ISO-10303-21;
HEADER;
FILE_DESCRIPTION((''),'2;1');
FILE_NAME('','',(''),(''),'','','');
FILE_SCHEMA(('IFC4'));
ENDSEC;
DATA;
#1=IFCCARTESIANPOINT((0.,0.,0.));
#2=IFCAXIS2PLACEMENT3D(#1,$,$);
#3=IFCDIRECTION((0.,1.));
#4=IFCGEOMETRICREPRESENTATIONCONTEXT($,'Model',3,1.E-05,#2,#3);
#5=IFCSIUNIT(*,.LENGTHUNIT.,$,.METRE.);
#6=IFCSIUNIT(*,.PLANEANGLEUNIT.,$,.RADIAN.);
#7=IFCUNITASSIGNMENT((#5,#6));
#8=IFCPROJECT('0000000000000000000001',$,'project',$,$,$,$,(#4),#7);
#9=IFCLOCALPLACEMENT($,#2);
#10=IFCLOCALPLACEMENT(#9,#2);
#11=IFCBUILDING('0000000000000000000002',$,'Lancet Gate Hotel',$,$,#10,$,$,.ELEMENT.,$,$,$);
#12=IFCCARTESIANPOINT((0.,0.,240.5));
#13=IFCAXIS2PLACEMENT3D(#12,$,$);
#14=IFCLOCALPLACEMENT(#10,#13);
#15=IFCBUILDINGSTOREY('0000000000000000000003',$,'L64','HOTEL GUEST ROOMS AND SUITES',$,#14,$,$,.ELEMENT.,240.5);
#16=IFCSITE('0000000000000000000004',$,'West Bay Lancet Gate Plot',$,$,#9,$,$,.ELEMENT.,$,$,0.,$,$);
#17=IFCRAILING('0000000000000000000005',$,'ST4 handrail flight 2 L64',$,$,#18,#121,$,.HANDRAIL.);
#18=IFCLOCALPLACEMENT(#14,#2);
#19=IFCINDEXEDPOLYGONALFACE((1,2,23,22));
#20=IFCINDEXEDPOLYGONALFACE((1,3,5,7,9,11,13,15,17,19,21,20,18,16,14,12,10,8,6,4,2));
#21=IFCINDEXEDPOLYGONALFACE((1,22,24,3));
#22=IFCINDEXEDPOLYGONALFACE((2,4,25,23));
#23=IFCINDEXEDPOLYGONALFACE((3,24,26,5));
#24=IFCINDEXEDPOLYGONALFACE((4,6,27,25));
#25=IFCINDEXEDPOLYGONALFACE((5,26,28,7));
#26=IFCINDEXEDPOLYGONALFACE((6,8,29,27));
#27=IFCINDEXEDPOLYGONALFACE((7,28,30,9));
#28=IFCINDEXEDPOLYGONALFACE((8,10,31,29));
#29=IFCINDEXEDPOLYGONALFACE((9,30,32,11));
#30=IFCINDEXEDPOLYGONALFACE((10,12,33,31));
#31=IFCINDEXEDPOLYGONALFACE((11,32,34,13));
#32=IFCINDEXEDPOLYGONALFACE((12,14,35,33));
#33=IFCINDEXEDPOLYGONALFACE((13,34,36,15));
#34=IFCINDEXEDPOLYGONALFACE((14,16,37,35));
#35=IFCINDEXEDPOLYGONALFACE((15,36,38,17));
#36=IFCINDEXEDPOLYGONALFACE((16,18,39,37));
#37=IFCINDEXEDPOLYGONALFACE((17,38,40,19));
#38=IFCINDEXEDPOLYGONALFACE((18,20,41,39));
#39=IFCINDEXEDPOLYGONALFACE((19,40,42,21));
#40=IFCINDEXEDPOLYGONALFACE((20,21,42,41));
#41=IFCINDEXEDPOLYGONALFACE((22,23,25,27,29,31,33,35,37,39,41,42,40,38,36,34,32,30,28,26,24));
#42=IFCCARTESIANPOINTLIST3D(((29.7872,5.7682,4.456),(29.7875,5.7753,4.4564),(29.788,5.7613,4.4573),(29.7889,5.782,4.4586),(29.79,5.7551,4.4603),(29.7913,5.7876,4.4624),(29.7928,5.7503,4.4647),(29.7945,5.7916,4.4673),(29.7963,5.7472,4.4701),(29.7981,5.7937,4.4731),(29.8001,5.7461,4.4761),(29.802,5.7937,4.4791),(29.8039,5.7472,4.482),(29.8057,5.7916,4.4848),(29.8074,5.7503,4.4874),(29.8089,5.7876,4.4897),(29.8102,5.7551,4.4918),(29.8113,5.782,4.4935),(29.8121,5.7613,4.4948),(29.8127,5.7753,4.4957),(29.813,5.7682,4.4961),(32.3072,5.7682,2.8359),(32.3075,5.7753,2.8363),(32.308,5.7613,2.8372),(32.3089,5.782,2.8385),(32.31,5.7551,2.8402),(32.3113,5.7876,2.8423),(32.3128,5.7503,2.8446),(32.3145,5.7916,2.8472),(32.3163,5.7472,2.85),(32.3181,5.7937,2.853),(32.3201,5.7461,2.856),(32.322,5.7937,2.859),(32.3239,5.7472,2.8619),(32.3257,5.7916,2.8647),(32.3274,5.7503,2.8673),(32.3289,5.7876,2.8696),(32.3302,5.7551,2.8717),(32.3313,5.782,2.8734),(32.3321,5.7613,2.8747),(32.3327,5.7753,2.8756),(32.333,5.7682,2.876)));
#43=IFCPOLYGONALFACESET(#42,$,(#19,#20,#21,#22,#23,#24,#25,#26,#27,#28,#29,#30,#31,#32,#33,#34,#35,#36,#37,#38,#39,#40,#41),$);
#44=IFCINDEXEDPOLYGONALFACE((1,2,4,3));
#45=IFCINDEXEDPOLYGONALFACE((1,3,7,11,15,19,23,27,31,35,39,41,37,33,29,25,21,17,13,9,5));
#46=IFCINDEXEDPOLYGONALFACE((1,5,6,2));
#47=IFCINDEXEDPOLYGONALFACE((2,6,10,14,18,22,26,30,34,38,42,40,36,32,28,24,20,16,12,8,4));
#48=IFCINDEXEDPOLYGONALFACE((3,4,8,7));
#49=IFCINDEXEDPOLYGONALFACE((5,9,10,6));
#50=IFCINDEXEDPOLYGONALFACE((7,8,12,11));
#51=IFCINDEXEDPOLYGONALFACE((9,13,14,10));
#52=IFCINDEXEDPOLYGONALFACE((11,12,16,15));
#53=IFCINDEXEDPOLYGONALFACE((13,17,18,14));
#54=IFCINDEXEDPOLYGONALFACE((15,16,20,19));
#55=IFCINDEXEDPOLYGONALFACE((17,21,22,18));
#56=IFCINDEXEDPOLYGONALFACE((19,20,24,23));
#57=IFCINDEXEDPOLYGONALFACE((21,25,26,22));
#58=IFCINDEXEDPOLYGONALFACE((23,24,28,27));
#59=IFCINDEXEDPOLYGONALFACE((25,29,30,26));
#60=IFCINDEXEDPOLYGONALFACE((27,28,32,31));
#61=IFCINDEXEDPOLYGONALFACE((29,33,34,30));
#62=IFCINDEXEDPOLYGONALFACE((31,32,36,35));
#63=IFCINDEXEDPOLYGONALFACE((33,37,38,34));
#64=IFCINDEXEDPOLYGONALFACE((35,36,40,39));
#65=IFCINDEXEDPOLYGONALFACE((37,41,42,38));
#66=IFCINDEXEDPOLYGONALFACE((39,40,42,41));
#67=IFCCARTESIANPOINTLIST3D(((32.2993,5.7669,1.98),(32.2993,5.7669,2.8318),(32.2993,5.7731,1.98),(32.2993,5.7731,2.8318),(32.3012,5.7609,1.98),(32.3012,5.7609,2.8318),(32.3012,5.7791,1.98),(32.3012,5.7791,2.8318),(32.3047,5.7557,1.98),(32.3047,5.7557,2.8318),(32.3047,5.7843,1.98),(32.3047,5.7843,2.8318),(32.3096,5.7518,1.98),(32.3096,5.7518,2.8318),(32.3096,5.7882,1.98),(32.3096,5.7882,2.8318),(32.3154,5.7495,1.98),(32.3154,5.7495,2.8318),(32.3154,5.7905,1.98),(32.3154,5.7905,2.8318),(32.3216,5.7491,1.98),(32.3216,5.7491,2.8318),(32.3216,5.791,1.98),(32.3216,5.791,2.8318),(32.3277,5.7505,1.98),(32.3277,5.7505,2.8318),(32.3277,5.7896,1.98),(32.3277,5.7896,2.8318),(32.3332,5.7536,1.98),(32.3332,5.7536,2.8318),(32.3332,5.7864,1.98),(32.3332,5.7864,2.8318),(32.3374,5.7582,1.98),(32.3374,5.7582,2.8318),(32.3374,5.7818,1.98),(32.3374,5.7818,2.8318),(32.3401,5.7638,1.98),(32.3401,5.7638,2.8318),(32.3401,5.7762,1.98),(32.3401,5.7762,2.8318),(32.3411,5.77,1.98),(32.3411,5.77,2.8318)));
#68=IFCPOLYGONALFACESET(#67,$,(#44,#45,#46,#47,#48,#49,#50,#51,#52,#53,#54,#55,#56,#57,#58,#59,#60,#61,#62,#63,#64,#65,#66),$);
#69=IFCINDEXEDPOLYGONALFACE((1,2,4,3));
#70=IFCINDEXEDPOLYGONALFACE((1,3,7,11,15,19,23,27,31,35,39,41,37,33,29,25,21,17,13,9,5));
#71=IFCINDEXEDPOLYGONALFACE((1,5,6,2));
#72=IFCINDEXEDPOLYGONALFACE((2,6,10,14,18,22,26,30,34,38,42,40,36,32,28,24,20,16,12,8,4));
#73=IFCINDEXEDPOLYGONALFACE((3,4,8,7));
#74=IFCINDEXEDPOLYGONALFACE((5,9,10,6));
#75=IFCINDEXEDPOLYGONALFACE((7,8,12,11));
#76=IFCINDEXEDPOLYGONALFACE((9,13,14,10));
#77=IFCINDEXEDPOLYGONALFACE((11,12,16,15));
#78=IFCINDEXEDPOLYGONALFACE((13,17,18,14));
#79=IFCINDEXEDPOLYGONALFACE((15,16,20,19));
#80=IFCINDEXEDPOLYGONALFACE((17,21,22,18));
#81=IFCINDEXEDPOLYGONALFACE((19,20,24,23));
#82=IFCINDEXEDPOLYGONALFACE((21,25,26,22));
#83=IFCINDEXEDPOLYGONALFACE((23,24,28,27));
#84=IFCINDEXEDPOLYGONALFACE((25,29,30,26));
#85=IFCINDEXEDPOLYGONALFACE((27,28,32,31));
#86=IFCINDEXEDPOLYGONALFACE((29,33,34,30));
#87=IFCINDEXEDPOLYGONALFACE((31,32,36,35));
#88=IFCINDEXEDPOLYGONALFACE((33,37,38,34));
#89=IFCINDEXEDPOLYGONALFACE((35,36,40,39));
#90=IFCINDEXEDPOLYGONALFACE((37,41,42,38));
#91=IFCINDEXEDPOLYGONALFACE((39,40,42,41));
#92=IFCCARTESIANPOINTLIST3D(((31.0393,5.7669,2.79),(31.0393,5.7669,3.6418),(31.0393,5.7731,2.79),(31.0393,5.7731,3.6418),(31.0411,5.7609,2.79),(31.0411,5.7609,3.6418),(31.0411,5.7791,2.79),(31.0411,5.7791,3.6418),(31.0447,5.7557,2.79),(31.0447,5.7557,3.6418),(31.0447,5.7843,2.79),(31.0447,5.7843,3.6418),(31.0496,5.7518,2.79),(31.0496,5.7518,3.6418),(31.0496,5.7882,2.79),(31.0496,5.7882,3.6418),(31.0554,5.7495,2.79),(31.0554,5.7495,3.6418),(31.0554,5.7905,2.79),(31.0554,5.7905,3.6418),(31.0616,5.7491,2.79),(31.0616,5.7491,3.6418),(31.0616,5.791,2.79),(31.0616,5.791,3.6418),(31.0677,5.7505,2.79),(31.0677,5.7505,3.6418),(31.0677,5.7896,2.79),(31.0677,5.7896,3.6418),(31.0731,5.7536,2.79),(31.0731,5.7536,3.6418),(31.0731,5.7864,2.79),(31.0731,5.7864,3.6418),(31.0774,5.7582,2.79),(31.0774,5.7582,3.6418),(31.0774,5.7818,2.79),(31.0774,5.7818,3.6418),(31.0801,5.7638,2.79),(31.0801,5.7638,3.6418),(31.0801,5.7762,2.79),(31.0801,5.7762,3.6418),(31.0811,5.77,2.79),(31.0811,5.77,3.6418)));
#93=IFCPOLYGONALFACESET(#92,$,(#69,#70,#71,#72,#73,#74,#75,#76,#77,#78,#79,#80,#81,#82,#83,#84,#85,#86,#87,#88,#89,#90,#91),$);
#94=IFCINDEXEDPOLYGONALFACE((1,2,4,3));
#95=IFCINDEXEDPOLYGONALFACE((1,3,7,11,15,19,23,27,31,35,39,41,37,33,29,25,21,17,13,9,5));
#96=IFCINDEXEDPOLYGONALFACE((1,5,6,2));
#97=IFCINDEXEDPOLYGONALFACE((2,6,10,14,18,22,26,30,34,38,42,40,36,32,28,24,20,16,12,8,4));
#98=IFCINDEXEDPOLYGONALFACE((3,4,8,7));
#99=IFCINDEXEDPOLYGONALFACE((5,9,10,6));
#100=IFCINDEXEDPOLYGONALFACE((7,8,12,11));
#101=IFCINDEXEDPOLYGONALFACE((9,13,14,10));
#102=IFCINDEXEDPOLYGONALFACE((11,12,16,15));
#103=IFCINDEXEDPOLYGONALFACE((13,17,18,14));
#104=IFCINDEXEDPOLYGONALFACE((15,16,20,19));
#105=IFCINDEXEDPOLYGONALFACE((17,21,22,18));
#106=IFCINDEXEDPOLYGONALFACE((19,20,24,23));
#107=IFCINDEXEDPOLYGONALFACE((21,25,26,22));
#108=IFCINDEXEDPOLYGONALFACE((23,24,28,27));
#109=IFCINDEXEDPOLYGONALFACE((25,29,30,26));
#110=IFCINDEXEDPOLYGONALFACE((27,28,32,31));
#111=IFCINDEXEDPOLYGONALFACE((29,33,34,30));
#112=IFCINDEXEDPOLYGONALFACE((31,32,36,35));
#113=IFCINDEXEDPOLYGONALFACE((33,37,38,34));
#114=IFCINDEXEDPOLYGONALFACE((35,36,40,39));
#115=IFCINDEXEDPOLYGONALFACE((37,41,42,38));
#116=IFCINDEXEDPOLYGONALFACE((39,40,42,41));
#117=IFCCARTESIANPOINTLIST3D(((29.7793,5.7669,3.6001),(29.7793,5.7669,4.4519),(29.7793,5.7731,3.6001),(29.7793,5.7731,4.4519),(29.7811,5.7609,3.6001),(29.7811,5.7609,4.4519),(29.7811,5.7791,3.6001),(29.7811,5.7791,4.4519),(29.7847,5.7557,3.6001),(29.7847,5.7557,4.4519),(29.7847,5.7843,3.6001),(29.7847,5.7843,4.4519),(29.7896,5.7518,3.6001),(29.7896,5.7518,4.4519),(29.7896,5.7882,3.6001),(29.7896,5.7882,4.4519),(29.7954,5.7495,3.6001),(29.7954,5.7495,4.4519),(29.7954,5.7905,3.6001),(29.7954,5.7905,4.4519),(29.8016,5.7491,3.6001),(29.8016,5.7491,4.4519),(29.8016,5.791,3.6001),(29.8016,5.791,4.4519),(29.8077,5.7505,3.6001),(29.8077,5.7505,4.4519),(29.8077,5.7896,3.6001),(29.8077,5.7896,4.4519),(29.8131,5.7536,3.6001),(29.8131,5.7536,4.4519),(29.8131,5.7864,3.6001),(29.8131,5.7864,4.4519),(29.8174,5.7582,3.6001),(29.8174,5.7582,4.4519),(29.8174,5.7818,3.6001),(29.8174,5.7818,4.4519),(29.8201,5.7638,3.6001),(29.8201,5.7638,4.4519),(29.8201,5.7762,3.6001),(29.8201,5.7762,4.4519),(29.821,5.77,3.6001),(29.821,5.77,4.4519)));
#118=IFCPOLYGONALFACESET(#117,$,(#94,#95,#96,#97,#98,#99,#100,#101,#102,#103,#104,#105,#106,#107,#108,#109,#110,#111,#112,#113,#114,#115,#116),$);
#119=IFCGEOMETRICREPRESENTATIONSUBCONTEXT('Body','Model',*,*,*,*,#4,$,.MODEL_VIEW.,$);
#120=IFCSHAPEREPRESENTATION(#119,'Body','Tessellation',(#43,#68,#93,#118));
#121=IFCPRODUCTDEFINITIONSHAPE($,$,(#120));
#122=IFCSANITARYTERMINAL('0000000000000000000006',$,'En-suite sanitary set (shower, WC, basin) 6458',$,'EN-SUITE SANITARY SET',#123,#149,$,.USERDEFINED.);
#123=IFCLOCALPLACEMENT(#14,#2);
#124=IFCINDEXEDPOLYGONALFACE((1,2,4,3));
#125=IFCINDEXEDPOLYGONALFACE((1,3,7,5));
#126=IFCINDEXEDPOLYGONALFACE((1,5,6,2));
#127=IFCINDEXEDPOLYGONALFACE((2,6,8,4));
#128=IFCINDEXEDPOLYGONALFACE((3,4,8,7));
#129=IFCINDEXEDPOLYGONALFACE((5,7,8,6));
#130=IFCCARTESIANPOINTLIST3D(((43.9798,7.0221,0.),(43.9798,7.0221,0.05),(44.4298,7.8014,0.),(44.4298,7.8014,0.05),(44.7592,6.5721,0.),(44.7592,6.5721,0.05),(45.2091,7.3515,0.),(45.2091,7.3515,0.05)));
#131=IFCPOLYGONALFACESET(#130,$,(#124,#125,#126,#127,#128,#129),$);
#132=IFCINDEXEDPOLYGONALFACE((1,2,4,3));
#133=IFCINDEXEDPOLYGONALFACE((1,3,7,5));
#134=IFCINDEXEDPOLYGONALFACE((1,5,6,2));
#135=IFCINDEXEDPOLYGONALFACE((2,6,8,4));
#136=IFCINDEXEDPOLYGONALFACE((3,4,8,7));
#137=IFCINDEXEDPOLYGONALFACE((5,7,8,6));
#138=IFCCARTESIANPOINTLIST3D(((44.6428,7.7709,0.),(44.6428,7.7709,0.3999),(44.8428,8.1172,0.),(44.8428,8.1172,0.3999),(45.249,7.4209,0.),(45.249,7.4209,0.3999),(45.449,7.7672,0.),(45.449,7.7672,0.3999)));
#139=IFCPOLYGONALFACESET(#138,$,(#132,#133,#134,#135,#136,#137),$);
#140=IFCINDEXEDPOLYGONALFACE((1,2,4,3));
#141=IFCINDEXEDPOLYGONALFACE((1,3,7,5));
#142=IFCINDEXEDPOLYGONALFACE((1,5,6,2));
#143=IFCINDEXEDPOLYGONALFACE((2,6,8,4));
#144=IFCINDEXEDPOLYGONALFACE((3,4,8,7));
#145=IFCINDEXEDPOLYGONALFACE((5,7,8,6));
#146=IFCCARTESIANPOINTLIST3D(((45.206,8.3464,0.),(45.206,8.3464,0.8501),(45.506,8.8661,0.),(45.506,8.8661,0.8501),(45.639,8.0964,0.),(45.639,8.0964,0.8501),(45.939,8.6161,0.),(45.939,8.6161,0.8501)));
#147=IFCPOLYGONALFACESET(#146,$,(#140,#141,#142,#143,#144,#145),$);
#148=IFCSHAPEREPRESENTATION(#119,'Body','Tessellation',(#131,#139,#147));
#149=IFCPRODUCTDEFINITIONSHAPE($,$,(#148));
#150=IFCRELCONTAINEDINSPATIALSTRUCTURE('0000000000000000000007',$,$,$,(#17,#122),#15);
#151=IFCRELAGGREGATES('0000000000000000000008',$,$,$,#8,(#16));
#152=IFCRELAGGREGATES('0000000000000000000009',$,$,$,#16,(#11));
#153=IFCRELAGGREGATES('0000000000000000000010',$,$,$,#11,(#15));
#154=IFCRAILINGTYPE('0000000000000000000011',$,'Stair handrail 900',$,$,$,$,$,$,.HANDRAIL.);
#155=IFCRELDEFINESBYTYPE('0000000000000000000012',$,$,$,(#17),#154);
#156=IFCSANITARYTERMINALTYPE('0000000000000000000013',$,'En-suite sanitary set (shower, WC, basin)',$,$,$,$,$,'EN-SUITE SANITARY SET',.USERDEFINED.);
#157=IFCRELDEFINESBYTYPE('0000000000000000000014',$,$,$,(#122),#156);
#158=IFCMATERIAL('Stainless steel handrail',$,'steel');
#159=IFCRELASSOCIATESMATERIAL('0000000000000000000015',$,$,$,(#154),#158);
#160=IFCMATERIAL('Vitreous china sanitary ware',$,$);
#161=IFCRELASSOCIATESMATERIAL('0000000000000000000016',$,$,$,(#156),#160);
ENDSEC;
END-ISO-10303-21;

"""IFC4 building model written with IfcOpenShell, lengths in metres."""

from ifc_helpers import new_model, si_unit, direction, frame, origin, origin_2d, place, context, subcontext, project, spatial, rectangle, circle, extrude, material, type_object, element, save


model = new_model("IFC4")

# Units and contexts
model_context = context("Model", 3, precision=1e-05, world=origin(), true_north=direction((0.0, 1.0)))
body_context = subcontext(model_context, "Body", "Model", "MODEL_VIEW")
ifc_project = project(units=[si_unit("LENGTHUNIT", "METRE"), si_unit("PLANEANGLEUNIT", "RADIAN")], contexts=[model_context])

# Site, building, storey
site_placement = place(None, origin())
site = spatial("IfcSite", under=ifc_project, at=site_placement, Name="West Bay Lancet Gate Plot", CompositionType="ELEMENT", RefElevation=0.0)
building_placement = place(site_placement, origin())
building = spatial("IfcBuilding", under=site, at=building_placement, Name="Lancet Gate Hotel", CompositionType="ELEMENT")
storey_placement = place(building_placement, frame((0.0, 0.0, 240.5)))
storey = spatial("IfcBuildingStorey", under=building, at=storey_placement, Name="L64", Description="HOTEL GUEST ROOMS AND SUITES", CompositionType="ELEMENT", Elevation=240.5)

# Railing
ifc_material_1 = material(Name="Stainless steel handrail", Category="steel")
railing_type = type_object("IfcRailingType", Name="Stair handrail 900", PredefinedType="HANDRAIL", material=ifc_material_1)
railing_1_placement = place(storey_placement, frame((32.3201, 5.77, 1.98)))
element("IfcRailing", 1, at=railing_1_placement, inside=storey, type_object=railing_type, Name="ST4 handrail flight 2 L64", PredefinedType="HANDRAIL", context=body_context, shape_type="SweptSolid", body=[
    extrude(circle(Radius=0.0239, at=origin_2d()), frame((0.0, 0.0, 0.876), z_axis=(-0.841163, 0.0, 0.540782), x_axis=(0.0, -1.0, 0.0)), (0.0, 0.0, 1.0), 2.9958),
    extrude(circle(Radius=0.021, at=origin_2d()), origin(), (0.0, 0.0, 1.0), 0.8518),
    extrude(circle(Radius=0.021, at=origin_2d()), frame((-1.26, 0.0, 0.8101)), (0.0, 0.0, 1.0), 0.8518),
    extrude(circle(Radius=0.021, at=origin_2d()), frame((-2.52, 0.0, 1.6201)), (0.0, 0.0, 1.0), 0.8518),
])

# Sanitary terminal
ifc_material_2 = material(Name="Vitreous china sanitary ware")
sanitary_terminal_type = type_object("IfcSanitaryTerminalType", Name="En-suite sanitary set (shower, WC, basin)", ElementType="EN-SUITE SANITARY SET", PredefinedType="USERDEFINED", material=ifc_material_2)
sanitary_terminal_placement = place(storey_placement, frame((44.5945, 7.1868, 0.0), z_axis=(0.0, 0.0, 1.0), x_axis=(1.0, 0.0, 0.0)))
element("IfcSanitaryTerminal", 2, at=sanitary_terminal_placement, inside=storey, type_object=sanitary_terminal_type, Name="En-suite sanitary set (shower, WC, basin) 6458", ObjectType="EN-SUITE SANITARY SET", PredefinedType="USERDEFINED", context=body_context, shape_type="SweptSolid", body=[
    extrude(rectangle(XDim=0.8999, YDim=0.8999, at=origin_2d()), frame((0.0, 0.0, 0.0), z_axis=(0.0, 0.0, 1.0), x_axis=(-0.5, -0.866025, 0.0)), (0.0, 0.0, 1.0), 0.05),
    extrude(rectangle(XDim=0.3999, YDim=0.7, at=origin_2d()), frame((0.4514, 0.5823, 0.0), z_axis=(0.0, 0.0, 1.0), x_axis=(-0.5, -0.866025, 0.0)), (0.0, 0.0, 1.0), 0.3999),
    extrude(rectangle(XDim=0.6001, YDim=0.5, at=origin_2d()), frame((0.978, 1.2944, 0.0), z_axis=(0.0, 0.0, 1.0), x_axis=(-0.5, -0.866025, 0.0)), (0.0, 0.0, 1.0), 0.8501),
])

save(model, "model.ifc")
